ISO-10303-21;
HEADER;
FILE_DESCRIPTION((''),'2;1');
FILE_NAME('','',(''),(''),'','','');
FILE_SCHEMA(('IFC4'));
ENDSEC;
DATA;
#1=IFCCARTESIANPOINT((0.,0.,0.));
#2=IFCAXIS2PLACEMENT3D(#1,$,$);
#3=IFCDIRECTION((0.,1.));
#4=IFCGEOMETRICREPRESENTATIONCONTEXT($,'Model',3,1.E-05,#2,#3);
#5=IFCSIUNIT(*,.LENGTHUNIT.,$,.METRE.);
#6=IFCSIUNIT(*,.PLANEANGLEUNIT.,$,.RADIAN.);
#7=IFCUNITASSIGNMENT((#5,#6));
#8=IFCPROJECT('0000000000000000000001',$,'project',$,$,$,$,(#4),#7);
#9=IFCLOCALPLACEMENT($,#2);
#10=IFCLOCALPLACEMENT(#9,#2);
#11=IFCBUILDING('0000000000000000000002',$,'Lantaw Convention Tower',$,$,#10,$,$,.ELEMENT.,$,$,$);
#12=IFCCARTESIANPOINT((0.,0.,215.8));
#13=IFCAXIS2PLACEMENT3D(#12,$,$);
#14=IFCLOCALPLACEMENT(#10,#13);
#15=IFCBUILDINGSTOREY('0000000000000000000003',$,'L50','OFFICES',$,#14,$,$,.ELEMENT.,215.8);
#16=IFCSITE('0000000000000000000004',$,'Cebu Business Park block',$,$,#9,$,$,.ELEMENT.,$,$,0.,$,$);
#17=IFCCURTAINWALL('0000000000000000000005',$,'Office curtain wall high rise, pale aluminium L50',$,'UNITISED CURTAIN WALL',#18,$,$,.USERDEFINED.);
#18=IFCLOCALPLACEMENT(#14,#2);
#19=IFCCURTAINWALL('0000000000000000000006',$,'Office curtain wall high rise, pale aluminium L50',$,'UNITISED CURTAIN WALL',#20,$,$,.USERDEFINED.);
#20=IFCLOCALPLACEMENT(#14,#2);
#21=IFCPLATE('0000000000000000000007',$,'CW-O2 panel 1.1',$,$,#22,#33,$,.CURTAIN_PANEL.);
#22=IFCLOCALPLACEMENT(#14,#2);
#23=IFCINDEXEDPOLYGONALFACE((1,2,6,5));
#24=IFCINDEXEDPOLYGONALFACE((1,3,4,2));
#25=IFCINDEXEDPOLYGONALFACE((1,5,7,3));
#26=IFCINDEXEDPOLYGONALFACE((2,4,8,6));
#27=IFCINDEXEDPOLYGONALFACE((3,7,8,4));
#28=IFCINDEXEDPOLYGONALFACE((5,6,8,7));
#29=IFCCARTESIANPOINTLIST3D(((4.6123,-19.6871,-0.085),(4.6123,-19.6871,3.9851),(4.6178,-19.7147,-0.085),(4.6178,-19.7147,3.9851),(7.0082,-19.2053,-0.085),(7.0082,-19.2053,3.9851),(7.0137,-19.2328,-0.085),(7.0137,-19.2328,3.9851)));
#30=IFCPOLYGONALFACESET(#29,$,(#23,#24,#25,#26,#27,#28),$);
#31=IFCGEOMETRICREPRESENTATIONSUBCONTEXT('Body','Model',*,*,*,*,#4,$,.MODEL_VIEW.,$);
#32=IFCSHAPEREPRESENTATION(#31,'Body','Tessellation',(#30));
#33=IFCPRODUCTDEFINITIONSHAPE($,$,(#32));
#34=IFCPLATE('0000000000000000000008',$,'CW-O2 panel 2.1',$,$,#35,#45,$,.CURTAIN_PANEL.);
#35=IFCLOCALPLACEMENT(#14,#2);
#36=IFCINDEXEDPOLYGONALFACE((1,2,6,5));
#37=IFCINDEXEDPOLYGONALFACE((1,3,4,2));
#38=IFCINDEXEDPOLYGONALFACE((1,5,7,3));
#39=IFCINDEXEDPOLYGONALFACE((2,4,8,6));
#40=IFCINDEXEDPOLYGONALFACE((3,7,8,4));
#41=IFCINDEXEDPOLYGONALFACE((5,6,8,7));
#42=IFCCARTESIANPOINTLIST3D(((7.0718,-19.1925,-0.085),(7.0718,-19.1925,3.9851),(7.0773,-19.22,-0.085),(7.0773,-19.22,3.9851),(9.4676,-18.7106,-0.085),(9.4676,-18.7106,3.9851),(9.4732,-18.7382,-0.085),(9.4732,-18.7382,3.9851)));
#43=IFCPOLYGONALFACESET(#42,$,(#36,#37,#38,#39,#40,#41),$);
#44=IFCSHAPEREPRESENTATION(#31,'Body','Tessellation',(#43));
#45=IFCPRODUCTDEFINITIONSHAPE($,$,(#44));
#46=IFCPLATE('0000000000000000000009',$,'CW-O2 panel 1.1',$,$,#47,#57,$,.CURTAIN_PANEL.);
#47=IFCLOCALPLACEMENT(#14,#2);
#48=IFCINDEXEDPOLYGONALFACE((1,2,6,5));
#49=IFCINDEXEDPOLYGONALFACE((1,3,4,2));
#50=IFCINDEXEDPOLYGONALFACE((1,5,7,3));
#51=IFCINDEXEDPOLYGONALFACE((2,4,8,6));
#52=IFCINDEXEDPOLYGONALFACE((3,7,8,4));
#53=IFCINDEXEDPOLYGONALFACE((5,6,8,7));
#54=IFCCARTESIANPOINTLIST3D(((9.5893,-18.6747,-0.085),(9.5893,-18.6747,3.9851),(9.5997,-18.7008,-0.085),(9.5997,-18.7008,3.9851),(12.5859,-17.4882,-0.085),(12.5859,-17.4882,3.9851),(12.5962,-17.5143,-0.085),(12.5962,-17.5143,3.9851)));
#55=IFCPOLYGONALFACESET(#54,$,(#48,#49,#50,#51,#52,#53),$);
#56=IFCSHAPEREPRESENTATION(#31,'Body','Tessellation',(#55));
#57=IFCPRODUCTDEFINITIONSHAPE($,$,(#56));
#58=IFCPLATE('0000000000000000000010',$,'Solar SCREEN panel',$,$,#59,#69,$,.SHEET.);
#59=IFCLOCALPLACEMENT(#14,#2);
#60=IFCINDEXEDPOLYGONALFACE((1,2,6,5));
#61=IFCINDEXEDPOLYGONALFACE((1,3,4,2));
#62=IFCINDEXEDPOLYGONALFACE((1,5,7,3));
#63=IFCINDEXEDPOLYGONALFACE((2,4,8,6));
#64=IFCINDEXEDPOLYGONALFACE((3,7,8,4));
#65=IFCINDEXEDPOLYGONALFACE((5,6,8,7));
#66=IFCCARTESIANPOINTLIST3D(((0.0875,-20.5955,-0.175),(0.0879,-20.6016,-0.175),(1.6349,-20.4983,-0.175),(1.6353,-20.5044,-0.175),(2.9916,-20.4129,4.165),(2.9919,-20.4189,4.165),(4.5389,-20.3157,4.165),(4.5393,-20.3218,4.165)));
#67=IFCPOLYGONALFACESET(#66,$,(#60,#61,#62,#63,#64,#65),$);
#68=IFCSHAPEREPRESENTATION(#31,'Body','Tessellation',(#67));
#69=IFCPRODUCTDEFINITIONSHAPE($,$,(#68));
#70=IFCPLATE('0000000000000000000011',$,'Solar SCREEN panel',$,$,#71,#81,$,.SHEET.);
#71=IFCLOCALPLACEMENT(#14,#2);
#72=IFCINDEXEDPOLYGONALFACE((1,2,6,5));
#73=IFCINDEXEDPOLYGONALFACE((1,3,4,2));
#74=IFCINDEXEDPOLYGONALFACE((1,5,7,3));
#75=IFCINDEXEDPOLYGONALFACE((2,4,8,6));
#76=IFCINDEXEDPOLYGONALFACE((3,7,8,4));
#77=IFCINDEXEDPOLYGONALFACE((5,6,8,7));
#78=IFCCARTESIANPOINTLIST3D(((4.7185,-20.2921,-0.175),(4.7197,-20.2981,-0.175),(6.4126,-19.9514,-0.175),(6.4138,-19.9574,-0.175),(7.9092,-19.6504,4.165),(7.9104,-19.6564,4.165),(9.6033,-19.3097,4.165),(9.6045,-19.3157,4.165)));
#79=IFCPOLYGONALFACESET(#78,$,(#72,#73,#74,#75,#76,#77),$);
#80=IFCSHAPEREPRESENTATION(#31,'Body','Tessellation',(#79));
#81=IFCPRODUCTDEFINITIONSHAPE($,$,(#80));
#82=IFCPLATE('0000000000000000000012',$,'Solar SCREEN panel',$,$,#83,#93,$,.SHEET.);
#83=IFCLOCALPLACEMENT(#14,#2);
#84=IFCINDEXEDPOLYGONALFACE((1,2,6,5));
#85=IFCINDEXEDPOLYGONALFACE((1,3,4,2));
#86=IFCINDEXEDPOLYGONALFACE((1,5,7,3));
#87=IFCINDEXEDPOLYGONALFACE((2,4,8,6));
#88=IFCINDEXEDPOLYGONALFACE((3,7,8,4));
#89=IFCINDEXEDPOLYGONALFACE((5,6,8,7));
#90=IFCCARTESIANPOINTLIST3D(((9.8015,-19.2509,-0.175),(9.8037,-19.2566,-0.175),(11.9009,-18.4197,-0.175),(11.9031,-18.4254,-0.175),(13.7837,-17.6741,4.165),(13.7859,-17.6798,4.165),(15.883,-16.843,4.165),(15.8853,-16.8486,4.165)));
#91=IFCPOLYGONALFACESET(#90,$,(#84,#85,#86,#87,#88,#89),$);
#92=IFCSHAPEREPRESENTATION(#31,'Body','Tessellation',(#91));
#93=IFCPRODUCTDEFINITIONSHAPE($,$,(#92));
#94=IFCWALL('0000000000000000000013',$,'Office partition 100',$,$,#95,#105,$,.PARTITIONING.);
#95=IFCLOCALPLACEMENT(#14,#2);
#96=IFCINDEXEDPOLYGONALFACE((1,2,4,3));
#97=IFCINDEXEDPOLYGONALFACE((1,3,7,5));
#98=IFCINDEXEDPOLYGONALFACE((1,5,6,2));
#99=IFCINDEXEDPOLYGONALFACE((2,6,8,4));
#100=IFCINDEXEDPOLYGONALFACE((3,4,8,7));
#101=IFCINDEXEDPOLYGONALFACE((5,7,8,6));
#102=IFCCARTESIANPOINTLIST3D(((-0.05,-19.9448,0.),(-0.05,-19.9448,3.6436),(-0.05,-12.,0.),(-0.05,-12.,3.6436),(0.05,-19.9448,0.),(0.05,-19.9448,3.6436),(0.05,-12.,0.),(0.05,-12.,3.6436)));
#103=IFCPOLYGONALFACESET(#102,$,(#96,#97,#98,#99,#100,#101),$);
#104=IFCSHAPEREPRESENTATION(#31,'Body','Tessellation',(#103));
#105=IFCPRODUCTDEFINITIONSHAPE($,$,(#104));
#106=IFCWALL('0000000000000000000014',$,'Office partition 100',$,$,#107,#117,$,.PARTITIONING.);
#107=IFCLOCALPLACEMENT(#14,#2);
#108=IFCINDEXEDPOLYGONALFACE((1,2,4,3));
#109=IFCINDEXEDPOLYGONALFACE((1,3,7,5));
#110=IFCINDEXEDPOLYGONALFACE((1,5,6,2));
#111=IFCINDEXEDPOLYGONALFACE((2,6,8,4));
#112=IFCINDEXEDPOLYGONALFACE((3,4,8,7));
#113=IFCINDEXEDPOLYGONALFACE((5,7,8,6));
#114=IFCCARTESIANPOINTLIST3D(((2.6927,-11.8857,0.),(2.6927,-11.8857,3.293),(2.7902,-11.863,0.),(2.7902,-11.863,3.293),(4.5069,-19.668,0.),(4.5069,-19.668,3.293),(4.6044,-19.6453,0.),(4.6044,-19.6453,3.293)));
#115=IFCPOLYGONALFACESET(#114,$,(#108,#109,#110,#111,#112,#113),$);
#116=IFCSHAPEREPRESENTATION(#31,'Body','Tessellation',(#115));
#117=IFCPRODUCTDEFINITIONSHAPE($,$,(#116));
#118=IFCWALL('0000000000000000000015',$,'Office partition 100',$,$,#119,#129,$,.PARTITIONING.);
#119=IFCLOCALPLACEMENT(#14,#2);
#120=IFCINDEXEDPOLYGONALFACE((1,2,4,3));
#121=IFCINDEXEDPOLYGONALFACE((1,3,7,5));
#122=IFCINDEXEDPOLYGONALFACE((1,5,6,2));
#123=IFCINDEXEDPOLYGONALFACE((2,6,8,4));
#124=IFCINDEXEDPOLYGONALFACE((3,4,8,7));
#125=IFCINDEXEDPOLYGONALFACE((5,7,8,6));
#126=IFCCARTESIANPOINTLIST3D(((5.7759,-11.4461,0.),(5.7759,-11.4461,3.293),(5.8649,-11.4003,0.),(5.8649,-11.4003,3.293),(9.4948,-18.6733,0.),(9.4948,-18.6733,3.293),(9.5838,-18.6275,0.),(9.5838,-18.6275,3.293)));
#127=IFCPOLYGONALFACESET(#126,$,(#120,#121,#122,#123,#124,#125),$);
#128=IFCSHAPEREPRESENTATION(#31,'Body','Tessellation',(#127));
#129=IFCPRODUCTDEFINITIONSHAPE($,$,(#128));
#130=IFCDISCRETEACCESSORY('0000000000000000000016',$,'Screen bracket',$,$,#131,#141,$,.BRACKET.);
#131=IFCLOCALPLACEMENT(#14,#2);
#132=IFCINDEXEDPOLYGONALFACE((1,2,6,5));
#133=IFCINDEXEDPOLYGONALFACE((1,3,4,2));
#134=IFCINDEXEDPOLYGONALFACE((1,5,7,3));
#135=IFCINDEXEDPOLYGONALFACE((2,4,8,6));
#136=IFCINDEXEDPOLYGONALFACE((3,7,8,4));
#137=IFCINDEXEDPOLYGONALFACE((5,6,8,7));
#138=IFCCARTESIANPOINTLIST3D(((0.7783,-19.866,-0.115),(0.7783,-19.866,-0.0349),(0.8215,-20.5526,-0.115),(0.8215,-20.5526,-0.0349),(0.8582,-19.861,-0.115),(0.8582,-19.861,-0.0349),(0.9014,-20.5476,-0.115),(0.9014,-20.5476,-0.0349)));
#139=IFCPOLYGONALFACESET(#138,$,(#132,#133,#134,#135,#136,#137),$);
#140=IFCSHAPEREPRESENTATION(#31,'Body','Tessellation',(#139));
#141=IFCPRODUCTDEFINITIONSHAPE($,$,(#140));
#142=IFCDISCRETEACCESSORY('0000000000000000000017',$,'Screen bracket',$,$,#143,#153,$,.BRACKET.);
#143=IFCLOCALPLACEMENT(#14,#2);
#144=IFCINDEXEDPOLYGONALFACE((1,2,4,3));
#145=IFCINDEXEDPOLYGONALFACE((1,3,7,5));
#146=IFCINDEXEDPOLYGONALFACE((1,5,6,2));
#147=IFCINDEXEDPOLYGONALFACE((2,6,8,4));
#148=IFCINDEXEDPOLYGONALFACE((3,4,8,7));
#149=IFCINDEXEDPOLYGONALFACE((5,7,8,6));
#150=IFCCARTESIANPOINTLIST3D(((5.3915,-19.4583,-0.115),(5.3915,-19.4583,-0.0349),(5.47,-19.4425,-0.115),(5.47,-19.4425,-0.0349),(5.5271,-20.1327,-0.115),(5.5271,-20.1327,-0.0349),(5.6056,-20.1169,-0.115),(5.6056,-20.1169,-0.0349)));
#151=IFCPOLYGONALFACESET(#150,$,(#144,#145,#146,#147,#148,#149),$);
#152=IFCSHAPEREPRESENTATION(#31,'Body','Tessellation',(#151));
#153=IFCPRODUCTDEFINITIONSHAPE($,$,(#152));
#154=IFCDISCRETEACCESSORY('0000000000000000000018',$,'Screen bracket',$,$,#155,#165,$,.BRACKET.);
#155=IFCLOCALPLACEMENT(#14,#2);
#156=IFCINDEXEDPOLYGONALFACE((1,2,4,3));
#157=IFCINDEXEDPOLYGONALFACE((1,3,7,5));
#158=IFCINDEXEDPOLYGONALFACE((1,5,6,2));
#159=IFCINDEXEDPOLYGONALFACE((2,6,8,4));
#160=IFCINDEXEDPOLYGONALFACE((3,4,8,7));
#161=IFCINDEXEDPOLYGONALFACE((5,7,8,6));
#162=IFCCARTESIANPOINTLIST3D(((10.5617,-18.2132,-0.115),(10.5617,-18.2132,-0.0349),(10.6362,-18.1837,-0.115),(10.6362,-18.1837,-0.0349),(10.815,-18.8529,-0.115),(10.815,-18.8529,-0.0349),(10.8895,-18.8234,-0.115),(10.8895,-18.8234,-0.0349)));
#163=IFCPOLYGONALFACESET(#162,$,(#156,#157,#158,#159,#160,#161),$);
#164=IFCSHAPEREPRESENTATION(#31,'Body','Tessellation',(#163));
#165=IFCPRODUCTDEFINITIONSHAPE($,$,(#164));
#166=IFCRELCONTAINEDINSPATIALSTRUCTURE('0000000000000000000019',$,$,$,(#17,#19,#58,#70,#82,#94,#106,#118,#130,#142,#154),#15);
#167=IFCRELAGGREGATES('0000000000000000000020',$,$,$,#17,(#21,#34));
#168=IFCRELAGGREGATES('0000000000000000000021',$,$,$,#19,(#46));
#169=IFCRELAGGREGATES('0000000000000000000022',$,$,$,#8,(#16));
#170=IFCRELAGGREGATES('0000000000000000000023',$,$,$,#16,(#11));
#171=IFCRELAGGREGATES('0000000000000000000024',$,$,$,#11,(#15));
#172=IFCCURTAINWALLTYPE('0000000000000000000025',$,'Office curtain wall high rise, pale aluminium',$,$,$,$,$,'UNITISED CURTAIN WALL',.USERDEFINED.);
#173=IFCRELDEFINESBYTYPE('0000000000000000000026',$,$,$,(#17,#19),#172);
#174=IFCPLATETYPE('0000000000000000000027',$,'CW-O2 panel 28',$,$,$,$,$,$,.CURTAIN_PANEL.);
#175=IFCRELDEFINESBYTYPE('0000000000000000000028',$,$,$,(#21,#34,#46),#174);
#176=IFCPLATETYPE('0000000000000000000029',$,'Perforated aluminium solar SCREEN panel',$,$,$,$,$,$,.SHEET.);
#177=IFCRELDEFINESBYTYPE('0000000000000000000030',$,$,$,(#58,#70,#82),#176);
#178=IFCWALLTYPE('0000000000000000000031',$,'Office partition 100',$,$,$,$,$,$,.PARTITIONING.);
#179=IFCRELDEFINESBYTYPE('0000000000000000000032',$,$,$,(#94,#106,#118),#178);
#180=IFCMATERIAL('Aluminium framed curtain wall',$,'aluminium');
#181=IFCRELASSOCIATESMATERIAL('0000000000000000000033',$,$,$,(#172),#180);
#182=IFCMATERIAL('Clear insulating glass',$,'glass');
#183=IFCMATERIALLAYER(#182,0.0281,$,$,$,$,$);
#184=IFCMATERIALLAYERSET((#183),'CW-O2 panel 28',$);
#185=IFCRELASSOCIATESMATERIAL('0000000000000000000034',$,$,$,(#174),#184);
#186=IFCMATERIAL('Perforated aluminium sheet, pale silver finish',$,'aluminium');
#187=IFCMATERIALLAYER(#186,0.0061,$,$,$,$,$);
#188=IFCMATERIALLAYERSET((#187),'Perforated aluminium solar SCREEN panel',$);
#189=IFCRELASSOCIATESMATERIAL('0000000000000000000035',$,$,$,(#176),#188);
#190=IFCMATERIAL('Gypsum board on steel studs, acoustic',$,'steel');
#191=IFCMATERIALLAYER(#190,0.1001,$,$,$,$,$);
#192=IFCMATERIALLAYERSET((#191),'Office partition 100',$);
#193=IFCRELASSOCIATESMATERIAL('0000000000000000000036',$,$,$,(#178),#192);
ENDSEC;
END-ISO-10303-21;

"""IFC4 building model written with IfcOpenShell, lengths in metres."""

from ifc_helpers import new_model, si_unit, direction, frame, frame_2d, origin, origin_2d, place, context, subcontext, project, spatial, polyline, rectangle, outline, extrude, material, layer, layer_set, type_object, element, aggregate, save


model = new_model("IFC4")

# Units and contexts
model_context = context("Model", 3, precision=1e-05, world=origin(), true_north=direction((0.0, 1.0)))
body_context = subcontext(model_context, "Body", "Model", "MODEL_VIEW")
ifc_project = project(units=[si_unit("LENGTHUNIT", "METRE"), si_unit("PLANEANGLEUNIT", "RADIAN")], contexts=[model_context])

# Site, building, storey
site_placement = place(None, origin())
site = spatial("IfcSite", under=ifc_project, at=site_placement, Name="Cebu Business Park block", CompositionType="ELEMENT", RefElevation=0.0)
building_placement = place(site_placement, origin())
building = spatial("IfcBuilding", under=site, at=building_placement, Name="Lantaw Convention Tower", CompositionType="ELEMENT")
storey_placement = place(building_placement, frame((0.0, 0.0, 215.8)))
storey = spatial("IfcBuildingStorey", under=building, at=storey_placement, Name="L50", Description="OFFICES", CompositionType="ELEMENT", Elevation=215.8)

# Curtain wall
ifc_material_1 = material(Name="Aluminium framed curtain wall", Category="aluminium")
curtain_wall_type = type_object("IfcCurtainWallType", Name="Office curtain wall high rise, pale aluminium", ElementType="UNITISED CURTAIN WALL", PredefinedType="USERDEFINED", material=ifc_material_1)
curtain_wall_1_placement = place(storey_placement, origin())
curtain_wall_1 = element("IfcCurtainWall", 1, at=curtain_wall_1_placement, inside=storey, type_object=curtain_wall_type, Name="Office curtain wall high rise, pale aluminium L50", ObjectType="UNITISED CURTAIN WALL", PredefinedType="USERDEFINED")

# Curtain wall
curtain_wall_2_placement = place(storey_placement, origin())
curtain_wall_2 = element("IfcCurtainWall", 2, at=curtain_wall_2_placement, inside=storey, type_object=curtain_wall_type, Name="Office curtain wall high rise, pale aluminium L50", ObjectType="UNITISED CURTAIN WALL", PredefinedType="USERDEFINED")

# Plates
ifc_material_2 = material(Name="Clear insulating glass", Category="glass")
ifc_layer_1 = layer(ifc_material_2, 0.0281)
ifc_layer_set_1 = layer_set([ifc_layer_1], Name="CW-O2 panel 28")
plate_type_1 = type_object("IfcPlateType", Name="CW-O2 panel 28", PredefinedType="CURTAIN_PANEL", material=ifc_layer_set_1)
plate_1_placement = place(storey_placement, frame((5.813, -19.46, -0.085), z_axis=(0.0, 0.0, 1.0), x_axis=(0.980367, 0.197183, 0.0)))
plate_1 = element("IfcPlate", 3, at=plate_1_placement, type_object=plate_type_1, Name="CW-O2 panel 1.1", PredefinedType="CURTAIN_PANEL", context=body_context, shape_type="SweptSolid", body=[
    extrude(rectangle(XDim=2.4438, YDim=0.0281, at=origin_2d()), origin(), (0.0, 0.0, 1.0), 4.0701),
])
plate_2_placement = place(storey_placement, frame((8.2725, -18.9653, -0.085), z_axis=(0.0, 0.0, 1.0), x_axis=(0.980367, 0.197183, 0.0)))
plate_2 = element("IfcPlate", 4, at=plate_2_placement, type_object=plate_type_1, Name="CW-O2 panel 2.1", PredefinedType="CURTAIN_PANEL", context=body_context, shape_type="SweptSolid", body=[
    extrude(rectangle(XDim=2.4438, YDim=0.0281, at=origin_2d()), origin(), (0.0, 0.0, 1.0), 4.0701),
])
aggregate(curtain_wall_1, [plate_1, plate_2])
plate_3_placement = place(storey_placement, frame((11.0928, -18.0945, -0.085), z_axis=(0.0, 0.0, 1.0), x_axis=(0.929762, 0.368162, 0.0)))
plate_3 = element("IfcPlate", 5, at=plate_3_placement, type_object=plate_type_1, Name="CW-O2 panel 1.1", PredefinedType="CURTAIN_PANEL", context=body_context, shape_type="SweptSolid", body=[
    extrude(rectangle(XDim=3.2229, YDim=0.0281, at=origin_2d()), origin(), (0.0, 0.0, 1.0), 4.0701),
])
aggregate(curtain_wall_2, [plate_3])

# Plates
ifc_material_3 = material(Name="Perforated aluminium sheet, pale silver finish", Category="aluminium")
ifc_layer_2 = layer(ifc_material_3, 0.0061)
ifc_layer_set_2 = layer_set([ifc_layer_2], Name="Perforated aluminium solar SCREEN panel")
plate_type_2 = type_object("IfcPlateType", Name="Perforated aluminium solar SCREEN panel", PredefinedType="SHEET", material=ifc_layer_set_2)
plate_4_placement = place(storey_placement, frame((0.0879, -20.6016, -0.175), z_axis=(0.062672, -0.998034, 0.000059), x_axis=(0.998034, 0.062672, 0.0)))
element("IfcPlate", 6, at=plate_4_placement, inside=storey, type_object=plate_type_2, Name="Solar SCREEN panel", PredefinedType="SHEET", context=body_context, shape_type="SweptSolid", body=[
    extrude(outline(polyline([(0.0, 0.0), (1.5504, 0.0), (4.4602, 4.3401), (2.9098, 4.3401), (0.0, 0.0)])), origin(), (0.0, 0.0, -1.0), 0.0061),
])
plate_5_placement = place(storey_placement, frame((4.7197, -20.2981, -0.175), z_axis=(0.197162, -0.980371, 0.000011), x_axis=(0.980371, 0.197162, 0.0)))
element("IfcPlate", 7, at=plate_5_placement, inside=storey, type_object=plate_type_2, Name="Solar SCREEN panel", PredefinedType="SHEET", context=body_context, shape_type="SweptSolid", body=[
    extrude(outline(polyline([(0.0, 0.0), (1.728, 0.0), (4.9826, 4.3401), (3.2546, 4.3401), (0.0, 0.0)])), origin(), (0.0, 0.0, -1.0), 0.0061),
])
plate_6_placement = place(storey_placement, frame((9.8037, -19.2566, -0.175), z_axis=(0.368117, -0.92978, 0.000036), x_axis=(0.92978, 0.368117, 0.0)))
element("IfcPlate", 8, at=plate_6_placement, inside=storey, type_object=plate_type_2, Name="Solar SCREEN panel", PredefinedType="SHEET", context=body_context, shape_type="SweptSolid", body=[
    extrude(outline(polyline([(0.0, 0.0), (2.258, 0.0), (6.5409, 4.3401), (4.283, 4.3401), (0.0, 0.0)])), origin(), (0.0, 0.0, -1.0), 0.0061),
])

# Walls
ifc_material_4 = material(Name="Gypsum board on steel studs, acoustic", Category="steel")
ifc_layer_3 = layer(ifc_material_4, 0.1001)
ifc_layer_set_3 = layer_set([ifc_layer_3], Name="Office partition 100")
wall_type = type_object("IfcWallType", Name="Office partition 100", PredefinedType="PARTITIONING", material=ifc_layer_set_3)
wall_1_placement = place(storey_placement, frame((0.0, -19.9448, 0.0), z_axis=(0.0, 0.0, 1.0), x_axis=(0.0, 1.0, 0.0)))
element("IfcWall", 9, at=wall_1_placement, inside=storey, type_object=wall_type, Name="Office partition 100", PredefinedType="PARTITIONING", context=body_context, shape_type="SweptSolid", body=[
    extrude(rectangle(XDim=7.9448, YDim=0.1001, at=frame_2d((3.9724, 0.0))), origin(), (0.0, 0.0, 1.0), 3.6436),
])
wall_2_placement = place(storey_placement, frame((4.5557, -19.6567, 0.0), z_axis=(0.0, 0.0, 1.0), x_axis=(-0.227035, 0.973887, 0.0)))
element("IfcWall", 10, at=wall_2_placement, inside=storey, type_object=wall_type, Name="Office partition 100", PredefinedType="PARTITIONING", context=body_context, shape_type="SweptSolid", body=[
    extrude(rectangle(XDim=7.991, YDim=0.1001, at=frame_2d((3.9956, 0.0))), origin(), (0.0, 0.0, 1.0), 3.293),
])
wall_3_placement = place(storey_placement, frame((9.5393, -18.6504, 0.0), z_axis=(0.0, 0.0, 1.0), x_axis=(-0.457552, 0.889183, 0.0)))
element("IfcWall", 11, at=wall_3_placement, inside=storey, type_object=wall_type, Name="Office partition 100", PredefinedType="PARTITIONING", context=body_context, shape_type="SweptSolid", body=[
    extrude(rectangle(XDim=8.1279, YDim=0.1001, at=frame_2d((4.064, 0.0))), origin(), (0.0, 0.0, 1.0), 3.293),
])

# Discrete accessories
for number, where, z_axis, x_axis, name in (
    (12, (0.8398, -20.2068, -0.115), (0.0, 0.0, 1.0), (0.998029, 0.062758, 0.0), "Screen bracket"),
    (13, (5.4985, -19.7876, -0.115), (0.0, 0.0, 1.0), (0.980367, 0.197183, 0.0), "Screen bracket"),
    (14, (10.7256, -18.5183, -0.115), (0.0, 0.0, 1.0), (0.929762, 0.368162, 0.0), "Screen bracket"),
):
    element("IfcDiscreteAccessory", number, at=place(storey_placement, frame(where, z_axis=z_axis, x_axis=x_axis)), inside=storey, Name=name, PredefinedType="BRACKET", context=body_context, shape_type="SweptSolid", body=[
        extrude(rectangle(XDim=0.0801, YDim=0.688, at=origin_2d()), origin(), (0.0, 0.0, 1.0), 0.0801),
    ])

save(model, "model.ifc")
